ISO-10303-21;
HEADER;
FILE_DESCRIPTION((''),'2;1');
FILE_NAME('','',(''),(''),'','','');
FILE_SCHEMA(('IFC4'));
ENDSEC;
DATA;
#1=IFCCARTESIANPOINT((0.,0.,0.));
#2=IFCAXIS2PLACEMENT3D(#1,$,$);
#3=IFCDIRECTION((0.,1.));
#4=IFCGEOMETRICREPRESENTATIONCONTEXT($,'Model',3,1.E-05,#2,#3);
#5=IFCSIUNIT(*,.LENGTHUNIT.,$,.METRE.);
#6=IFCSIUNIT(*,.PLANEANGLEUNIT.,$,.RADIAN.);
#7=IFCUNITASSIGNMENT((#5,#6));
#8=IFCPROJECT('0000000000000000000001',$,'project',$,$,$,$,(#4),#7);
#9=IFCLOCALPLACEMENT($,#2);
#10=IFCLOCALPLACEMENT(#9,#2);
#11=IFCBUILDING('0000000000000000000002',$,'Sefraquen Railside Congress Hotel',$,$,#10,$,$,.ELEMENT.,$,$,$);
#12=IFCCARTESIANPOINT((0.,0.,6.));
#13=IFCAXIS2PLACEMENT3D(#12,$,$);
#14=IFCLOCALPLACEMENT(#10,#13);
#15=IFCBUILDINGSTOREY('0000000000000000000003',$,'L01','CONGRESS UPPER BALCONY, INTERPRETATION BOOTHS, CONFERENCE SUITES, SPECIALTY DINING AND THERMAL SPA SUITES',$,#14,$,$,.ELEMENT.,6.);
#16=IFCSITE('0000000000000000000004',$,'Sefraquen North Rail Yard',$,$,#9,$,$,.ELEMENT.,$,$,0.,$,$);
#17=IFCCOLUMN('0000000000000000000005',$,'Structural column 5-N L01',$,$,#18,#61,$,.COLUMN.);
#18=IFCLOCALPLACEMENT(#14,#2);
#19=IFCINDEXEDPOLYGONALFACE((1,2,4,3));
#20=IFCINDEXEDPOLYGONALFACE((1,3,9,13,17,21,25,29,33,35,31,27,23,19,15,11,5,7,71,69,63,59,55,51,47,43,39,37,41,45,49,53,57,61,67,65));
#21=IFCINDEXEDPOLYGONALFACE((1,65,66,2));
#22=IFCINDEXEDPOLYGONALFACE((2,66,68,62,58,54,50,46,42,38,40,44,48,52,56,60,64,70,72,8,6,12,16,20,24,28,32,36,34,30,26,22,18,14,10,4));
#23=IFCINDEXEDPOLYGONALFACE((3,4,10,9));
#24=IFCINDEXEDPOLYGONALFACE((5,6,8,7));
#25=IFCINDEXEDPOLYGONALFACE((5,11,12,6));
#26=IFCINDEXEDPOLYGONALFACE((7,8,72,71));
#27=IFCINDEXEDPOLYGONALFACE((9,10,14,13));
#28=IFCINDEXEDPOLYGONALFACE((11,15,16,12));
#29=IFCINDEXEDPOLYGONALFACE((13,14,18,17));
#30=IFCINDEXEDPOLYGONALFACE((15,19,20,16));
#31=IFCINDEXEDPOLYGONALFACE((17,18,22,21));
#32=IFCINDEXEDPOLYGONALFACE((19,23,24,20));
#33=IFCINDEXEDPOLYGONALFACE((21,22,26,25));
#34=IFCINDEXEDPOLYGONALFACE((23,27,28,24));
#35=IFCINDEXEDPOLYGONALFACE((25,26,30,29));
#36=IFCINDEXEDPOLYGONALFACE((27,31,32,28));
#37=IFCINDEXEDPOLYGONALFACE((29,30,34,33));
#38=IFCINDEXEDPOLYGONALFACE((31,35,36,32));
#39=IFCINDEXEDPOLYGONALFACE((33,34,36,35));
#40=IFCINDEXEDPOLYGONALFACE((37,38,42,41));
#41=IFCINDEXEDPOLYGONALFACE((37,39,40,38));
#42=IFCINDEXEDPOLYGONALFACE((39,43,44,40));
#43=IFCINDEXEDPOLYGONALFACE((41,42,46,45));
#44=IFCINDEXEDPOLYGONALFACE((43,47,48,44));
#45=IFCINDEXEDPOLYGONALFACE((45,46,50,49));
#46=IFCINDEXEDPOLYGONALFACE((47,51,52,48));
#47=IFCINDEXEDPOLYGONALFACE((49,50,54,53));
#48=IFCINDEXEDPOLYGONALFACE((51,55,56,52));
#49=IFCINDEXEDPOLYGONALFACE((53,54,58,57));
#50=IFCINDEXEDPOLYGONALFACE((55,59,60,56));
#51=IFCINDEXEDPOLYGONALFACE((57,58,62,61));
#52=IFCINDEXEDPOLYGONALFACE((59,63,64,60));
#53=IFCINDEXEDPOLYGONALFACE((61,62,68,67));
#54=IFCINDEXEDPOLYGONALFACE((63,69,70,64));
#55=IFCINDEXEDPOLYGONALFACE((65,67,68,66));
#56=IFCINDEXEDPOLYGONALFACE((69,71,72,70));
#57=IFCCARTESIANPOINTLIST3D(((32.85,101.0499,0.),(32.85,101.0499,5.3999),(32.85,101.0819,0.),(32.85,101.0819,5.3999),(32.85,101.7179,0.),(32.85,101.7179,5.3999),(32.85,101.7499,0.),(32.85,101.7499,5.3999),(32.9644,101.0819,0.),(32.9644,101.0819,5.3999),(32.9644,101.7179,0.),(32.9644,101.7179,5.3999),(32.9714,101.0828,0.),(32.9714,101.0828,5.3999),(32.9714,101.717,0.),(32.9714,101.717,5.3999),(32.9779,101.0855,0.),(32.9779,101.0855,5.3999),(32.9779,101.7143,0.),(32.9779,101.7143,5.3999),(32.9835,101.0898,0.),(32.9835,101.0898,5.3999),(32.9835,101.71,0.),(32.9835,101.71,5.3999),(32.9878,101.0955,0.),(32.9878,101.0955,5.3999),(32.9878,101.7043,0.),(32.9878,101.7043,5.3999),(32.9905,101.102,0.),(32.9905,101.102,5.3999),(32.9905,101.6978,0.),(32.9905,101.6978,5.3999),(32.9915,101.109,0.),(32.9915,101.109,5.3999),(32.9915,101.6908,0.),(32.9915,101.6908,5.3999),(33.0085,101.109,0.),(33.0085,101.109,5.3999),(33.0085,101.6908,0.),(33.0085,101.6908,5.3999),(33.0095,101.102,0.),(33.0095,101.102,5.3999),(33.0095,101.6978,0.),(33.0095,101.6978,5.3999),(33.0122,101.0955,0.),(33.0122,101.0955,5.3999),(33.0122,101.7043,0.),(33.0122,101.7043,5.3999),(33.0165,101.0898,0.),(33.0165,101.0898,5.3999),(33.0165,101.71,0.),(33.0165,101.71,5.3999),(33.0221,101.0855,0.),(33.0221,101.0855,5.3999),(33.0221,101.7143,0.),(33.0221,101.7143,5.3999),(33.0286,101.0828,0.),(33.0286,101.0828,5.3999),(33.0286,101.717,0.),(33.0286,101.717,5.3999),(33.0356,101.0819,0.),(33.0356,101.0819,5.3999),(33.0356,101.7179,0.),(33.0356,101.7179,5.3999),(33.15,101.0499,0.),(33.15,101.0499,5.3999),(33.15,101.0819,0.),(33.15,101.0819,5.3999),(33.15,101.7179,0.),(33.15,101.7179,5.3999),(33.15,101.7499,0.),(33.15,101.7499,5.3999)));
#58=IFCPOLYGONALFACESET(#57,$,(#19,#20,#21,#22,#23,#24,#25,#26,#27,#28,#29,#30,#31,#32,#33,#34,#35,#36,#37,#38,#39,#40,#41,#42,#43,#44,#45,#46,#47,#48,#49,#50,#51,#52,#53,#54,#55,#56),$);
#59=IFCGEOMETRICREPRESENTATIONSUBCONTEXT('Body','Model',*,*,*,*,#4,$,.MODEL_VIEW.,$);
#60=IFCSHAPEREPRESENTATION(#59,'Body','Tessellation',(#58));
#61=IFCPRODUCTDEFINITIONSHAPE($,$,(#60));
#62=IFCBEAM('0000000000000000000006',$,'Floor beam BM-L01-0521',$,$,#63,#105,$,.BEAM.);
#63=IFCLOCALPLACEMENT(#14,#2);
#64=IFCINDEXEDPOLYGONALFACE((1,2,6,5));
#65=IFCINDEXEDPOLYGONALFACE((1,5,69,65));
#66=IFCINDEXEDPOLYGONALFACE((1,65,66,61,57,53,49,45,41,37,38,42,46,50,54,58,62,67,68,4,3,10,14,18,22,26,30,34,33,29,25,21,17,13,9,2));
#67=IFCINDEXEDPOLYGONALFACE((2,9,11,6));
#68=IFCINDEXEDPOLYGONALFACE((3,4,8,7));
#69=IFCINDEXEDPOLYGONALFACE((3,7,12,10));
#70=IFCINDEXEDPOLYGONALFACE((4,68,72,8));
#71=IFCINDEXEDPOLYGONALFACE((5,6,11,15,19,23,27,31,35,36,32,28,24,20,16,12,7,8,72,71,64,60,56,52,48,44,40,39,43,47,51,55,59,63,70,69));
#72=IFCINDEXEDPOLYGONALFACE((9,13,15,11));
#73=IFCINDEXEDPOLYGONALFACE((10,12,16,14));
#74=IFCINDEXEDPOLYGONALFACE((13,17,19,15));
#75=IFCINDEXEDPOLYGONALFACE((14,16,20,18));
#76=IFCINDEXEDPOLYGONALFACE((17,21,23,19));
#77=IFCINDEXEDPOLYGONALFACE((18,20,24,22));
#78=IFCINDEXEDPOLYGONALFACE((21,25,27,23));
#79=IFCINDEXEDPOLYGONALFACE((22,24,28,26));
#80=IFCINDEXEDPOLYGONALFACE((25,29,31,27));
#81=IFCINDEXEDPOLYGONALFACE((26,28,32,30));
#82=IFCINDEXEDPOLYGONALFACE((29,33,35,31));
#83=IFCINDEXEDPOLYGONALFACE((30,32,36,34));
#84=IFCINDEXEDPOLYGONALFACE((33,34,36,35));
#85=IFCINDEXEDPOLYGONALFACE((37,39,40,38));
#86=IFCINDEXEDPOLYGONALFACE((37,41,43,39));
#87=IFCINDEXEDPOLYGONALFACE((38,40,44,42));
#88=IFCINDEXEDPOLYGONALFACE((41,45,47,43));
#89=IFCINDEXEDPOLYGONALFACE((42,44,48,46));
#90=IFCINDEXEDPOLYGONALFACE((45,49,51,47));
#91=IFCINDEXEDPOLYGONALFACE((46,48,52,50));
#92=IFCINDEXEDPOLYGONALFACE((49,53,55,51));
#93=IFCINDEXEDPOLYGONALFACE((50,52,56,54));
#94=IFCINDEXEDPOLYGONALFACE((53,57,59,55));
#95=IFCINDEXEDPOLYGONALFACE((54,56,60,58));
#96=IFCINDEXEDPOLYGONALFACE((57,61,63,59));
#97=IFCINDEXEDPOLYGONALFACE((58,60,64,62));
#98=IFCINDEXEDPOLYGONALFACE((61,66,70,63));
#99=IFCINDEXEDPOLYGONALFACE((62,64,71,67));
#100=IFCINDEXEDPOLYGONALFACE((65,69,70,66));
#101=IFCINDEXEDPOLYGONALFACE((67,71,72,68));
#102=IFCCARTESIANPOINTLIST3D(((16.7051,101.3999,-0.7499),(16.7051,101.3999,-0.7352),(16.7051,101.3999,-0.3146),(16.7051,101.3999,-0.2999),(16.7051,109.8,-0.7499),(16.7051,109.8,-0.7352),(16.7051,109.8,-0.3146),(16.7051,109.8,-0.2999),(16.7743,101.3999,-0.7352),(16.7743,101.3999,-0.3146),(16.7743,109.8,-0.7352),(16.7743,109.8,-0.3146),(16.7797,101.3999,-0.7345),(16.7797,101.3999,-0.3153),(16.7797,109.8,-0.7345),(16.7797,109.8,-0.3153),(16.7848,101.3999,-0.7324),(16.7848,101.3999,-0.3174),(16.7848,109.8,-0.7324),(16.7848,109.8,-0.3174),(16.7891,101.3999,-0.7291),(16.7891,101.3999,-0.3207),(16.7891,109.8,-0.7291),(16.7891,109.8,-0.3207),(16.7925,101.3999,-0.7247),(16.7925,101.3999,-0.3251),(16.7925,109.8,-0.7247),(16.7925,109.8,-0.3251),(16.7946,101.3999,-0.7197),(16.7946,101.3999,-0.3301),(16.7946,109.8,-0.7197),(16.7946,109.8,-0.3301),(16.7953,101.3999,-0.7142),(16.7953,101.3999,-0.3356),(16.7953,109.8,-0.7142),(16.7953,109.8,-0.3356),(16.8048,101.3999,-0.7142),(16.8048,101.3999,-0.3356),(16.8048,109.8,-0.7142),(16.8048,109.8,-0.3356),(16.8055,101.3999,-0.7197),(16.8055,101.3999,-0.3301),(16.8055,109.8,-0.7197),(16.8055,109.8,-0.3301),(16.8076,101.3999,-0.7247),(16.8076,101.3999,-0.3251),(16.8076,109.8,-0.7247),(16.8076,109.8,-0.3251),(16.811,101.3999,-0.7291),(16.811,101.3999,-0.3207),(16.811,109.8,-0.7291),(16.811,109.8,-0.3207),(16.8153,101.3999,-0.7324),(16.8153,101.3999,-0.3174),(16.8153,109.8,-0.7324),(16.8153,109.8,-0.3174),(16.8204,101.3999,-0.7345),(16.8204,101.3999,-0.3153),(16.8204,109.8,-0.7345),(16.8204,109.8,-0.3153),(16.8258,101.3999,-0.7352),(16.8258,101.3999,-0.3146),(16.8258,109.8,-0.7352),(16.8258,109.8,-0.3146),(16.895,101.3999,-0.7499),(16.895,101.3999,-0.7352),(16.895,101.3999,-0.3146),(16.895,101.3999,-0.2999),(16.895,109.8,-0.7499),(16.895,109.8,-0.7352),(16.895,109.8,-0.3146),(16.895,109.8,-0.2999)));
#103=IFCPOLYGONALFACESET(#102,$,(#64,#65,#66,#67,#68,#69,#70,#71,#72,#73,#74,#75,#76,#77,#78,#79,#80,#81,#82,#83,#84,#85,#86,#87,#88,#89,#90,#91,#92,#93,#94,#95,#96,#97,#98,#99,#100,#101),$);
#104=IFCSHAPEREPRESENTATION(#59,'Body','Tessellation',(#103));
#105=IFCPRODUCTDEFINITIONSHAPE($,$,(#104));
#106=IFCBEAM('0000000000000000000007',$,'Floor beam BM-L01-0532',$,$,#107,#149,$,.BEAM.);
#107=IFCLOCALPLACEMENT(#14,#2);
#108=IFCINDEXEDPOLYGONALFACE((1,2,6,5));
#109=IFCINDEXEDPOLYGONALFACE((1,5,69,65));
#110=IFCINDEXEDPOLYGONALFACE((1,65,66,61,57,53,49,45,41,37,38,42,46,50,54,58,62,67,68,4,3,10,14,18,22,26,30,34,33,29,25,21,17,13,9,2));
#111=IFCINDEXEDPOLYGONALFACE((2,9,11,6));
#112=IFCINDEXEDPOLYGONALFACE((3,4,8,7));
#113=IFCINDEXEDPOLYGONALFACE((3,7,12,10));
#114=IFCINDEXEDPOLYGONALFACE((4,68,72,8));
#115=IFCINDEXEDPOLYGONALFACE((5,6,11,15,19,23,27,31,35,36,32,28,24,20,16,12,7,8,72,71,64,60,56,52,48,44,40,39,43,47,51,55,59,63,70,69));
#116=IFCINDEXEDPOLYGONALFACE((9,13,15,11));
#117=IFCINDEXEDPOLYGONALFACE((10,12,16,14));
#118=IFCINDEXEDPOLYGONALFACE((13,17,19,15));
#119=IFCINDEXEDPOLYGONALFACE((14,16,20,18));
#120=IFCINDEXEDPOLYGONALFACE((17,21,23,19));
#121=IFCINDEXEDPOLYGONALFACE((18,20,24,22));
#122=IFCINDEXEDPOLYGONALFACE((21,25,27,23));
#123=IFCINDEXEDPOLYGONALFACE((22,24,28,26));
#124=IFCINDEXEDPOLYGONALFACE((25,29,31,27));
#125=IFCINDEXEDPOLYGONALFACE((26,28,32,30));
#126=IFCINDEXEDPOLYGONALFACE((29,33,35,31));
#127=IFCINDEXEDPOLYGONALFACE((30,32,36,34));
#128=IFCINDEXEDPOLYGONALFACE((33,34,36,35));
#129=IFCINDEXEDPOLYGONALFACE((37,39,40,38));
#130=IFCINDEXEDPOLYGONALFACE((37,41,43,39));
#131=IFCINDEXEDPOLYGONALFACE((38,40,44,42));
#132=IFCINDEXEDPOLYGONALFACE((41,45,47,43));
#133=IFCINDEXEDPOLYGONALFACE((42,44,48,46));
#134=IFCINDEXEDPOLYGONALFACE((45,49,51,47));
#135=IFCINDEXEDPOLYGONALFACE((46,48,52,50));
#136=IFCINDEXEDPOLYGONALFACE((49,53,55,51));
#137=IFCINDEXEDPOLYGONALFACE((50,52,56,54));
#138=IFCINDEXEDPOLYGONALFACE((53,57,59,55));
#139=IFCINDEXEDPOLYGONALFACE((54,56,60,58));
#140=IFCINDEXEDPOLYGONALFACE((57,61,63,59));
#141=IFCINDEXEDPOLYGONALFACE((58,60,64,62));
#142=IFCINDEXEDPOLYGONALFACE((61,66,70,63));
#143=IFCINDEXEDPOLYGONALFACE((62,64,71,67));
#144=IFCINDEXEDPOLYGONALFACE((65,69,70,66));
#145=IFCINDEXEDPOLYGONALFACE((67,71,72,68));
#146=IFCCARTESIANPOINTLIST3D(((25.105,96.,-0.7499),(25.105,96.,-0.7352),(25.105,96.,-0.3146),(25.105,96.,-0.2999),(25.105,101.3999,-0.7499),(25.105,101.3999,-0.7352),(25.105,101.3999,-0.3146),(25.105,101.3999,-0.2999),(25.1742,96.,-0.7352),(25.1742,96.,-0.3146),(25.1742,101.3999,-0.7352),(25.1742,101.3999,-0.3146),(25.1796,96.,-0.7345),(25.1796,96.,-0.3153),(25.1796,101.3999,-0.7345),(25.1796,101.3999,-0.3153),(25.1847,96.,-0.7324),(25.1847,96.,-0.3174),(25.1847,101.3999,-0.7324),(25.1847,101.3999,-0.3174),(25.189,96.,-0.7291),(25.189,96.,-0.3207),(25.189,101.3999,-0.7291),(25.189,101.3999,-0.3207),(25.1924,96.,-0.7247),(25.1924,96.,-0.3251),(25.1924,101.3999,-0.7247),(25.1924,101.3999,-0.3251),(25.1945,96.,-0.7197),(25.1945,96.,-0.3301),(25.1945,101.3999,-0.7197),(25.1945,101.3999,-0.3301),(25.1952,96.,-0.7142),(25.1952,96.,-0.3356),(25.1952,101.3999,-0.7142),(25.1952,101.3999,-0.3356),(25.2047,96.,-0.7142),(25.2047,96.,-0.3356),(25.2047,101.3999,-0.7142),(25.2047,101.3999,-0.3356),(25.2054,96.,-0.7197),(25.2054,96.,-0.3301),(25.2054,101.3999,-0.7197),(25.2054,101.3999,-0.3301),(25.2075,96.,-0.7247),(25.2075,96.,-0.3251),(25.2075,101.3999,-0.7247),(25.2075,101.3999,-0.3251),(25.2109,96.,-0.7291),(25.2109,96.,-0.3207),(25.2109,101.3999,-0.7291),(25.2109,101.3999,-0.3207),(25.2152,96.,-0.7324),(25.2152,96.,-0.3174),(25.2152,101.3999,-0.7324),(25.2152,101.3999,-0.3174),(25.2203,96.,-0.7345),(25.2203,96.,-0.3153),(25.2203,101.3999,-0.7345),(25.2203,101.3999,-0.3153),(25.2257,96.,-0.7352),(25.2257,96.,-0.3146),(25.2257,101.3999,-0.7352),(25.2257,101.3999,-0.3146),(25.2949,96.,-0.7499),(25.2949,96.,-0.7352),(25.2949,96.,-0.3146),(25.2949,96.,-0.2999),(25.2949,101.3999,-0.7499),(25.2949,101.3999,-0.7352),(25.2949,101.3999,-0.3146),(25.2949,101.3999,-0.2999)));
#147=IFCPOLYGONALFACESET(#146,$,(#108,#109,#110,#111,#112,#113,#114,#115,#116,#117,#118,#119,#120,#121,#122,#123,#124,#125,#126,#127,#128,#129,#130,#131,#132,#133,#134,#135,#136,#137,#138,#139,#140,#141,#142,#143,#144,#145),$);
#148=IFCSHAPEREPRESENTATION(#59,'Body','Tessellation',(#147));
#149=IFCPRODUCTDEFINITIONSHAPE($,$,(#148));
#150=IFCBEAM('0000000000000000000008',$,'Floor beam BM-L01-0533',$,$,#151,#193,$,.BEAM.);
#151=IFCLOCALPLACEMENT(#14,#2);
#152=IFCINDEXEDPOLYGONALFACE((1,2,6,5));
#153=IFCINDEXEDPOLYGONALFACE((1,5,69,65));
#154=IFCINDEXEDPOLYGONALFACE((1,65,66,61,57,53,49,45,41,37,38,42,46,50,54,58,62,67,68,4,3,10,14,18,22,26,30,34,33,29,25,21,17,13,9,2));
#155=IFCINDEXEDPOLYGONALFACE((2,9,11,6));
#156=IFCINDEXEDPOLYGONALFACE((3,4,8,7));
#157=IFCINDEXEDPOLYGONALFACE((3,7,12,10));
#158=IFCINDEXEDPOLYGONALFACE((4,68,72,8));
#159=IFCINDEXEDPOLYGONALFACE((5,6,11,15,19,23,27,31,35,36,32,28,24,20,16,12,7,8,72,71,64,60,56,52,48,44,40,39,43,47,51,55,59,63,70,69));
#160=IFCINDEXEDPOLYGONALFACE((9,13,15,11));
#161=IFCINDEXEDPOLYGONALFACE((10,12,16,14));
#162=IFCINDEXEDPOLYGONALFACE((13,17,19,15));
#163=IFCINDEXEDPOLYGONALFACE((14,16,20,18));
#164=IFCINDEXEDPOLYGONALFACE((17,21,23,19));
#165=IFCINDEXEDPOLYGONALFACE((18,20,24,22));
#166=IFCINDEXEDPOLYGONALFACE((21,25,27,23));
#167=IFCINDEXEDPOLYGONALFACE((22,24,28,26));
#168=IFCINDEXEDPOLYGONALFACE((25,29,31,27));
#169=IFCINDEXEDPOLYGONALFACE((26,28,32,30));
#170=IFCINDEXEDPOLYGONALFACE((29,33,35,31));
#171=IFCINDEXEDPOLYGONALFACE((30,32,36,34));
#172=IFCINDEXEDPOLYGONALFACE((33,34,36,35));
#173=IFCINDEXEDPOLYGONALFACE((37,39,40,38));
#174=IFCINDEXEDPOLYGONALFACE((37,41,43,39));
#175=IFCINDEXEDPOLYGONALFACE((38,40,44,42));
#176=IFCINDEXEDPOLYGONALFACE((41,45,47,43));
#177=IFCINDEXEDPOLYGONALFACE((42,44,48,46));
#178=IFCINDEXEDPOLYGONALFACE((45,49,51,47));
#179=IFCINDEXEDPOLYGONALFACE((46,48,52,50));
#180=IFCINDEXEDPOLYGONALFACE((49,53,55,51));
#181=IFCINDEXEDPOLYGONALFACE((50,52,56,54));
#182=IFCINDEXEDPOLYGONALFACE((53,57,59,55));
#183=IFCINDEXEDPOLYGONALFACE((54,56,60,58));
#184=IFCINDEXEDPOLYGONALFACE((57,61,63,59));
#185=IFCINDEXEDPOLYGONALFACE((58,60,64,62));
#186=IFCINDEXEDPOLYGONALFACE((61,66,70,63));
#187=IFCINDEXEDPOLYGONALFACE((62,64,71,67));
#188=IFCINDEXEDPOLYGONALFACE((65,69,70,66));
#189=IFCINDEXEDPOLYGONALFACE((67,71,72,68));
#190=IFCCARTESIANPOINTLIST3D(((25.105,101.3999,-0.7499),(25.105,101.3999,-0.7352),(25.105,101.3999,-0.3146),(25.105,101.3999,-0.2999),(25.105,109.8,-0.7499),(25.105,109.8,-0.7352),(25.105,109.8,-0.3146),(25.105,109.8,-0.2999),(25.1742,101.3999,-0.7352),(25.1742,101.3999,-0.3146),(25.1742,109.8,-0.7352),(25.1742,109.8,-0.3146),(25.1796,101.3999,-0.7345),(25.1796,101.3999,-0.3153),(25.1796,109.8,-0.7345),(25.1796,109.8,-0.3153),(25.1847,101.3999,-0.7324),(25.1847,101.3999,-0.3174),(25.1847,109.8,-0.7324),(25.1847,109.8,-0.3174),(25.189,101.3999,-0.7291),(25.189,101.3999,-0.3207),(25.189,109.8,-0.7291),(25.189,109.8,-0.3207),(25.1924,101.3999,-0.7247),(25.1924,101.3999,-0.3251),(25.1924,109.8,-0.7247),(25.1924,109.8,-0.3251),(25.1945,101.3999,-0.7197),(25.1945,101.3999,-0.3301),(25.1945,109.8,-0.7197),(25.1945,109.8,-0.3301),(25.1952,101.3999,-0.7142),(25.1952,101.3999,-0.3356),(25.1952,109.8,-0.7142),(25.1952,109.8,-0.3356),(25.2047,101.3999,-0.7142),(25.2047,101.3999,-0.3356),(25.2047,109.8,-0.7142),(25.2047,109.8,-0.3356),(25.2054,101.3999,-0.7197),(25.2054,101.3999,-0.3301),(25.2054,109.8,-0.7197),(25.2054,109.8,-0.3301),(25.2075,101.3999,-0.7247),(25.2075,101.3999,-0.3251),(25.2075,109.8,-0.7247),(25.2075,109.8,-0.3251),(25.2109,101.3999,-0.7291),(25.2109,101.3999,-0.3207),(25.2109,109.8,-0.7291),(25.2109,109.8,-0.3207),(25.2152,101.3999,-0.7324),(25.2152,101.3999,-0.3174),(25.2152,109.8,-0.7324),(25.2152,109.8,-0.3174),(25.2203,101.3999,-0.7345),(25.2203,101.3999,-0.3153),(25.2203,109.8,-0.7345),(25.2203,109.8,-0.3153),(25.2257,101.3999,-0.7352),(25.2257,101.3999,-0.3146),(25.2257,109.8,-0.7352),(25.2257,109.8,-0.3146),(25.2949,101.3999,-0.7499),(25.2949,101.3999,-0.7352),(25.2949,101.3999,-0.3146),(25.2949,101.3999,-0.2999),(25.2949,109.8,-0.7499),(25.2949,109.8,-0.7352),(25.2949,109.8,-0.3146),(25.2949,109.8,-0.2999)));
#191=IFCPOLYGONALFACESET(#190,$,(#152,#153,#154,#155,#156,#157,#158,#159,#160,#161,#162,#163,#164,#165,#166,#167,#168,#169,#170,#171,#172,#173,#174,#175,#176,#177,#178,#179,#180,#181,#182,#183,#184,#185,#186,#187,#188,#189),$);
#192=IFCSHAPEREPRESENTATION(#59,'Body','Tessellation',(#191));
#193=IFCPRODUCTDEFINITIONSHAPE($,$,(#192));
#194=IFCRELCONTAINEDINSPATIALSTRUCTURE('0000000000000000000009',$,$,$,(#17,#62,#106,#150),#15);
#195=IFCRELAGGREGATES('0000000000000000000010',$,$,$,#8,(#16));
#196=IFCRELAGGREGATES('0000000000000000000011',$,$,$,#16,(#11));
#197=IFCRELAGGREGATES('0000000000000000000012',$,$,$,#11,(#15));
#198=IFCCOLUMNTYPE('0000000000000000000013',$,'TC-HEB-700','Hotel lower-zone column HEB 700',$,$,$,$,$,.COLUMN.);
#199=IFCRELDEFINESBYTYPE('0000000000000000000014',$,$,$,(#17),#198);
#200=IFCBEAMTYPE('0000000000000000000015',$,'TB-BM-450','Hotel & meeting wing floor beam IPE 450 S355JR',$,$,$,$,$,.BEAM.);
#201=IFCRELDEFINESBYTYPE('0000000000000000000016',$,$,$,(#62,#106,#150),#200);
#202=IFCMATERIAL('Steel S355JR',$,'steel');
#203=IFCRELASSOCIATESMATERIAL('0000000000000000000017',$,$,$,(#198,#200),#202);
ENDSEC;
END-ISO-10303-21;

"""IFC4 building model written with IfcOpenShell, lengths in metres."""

from ifc_helpers import new_model, si_unit, direction, frame, origin, origin_2d, place, context, subcontext, project, spatial, i_section, extrude, material, material_profile, profile_set, type_object, element, save


model = new_model("IFC4")

# Units and contexts
model_context = context("Model", 3, precision=1e-05, world=origin(), true_north=direction((0.0, 1.0)))
body_context = subcontext(model_context, "Body", "Model", "MODEL_VIEW")
ifc_project = project(units=[si_unit("LENGTHUNIT", "METRE"), si_unit("PLANEANGLEUNIT", "RADIAN")], contexts=[model_context])

# Site, building, storey
site_placement = place(None, origin())
site = spatial("IfcSite", under=ifc_project, at=site_placement, Name="Sefraquen North Rail Yard", CompositionType="ELEMENT", RefElevation=0.0)
building_placement = place(site_placement, origin())
building = spatial("IfcBuilding", under=site, at=building_placement, Name="Sefraquen Railside Congress Hotel", CompositionType="ELEMENT")
storey_placement = place(building_placement, frame((0.0, 0.0, 6.0)))
storey = spatial("IfcBuildingStorey", under=building, at=storey_placement, Name="L01", Description="CONGRESS UPPER BALCONY, INTERPRETATION BOOTHS, CONFERENCE SUITES, SPECIALTY DINING AND THERMAL SPA SUITES", CompositionType="ELEMENT", Elevation=6.0)

# Column
ifc_material_1 = material(Name="Steel S355JR", Category="steel")
ifc_material_profile_1 = material_profile(ifc_material_1, i_section(OverallWidth=0.3, OverallDepth=0.7, WebThickness=0.0171, FlangeThickness=0.032, FilletRadius=0.0271, at=origin_2d()), Name="HEB 700")
ifc_profile_set_1 = profile_set([ifc_material_profile_1], Name="Steel S355JR")
column_type_1 = type_object("IfcColumnType", Name="TC-HEB-700", Description="Hotel lower-zone column HEB 700", PredefinedType="COLUMN", material=ifc_profile_set_1)
for number, where, z_axis, x_axis, name in (
    (1, (33.0, 101.3999, 0.0), (0.0, 0.0, 1.0), (1.0, 0.0, 0.0), "Structural column 5-N L01"),
):
    element("IfcColumn", number, at=place(storey_placement, frame(where, z_axis=z_axis, x_axis=x_axis)), inside=storey, type_object=column_type_1, Name=name, PredefinedType="COLUMN", context=body_context, shape_type="SweptSolid", body=[
        extrude(i_section(OverallWidth=0.3, OverallDepth=0.7, WebThickness=0.0171, FlangeThickness=0.032, FilletRadius=0.0271, at=origin_2d()), origin(), (0.0, 0.0, 1.0), 5.3999),
    ])

# Beams
ifc_material_profile_2 = material_profile(ifc_material_1, i_section(OverallWidth=0.1899, OverallDepth=0.45, WebThickness=0.0095, FlangeThickness=0.0146, FilletRadius=0.021, at=origin_2d()), Name="IPE 450")
ifc_profile_set_2 = profile_set([ifc_material_profile_2], Name="Steel S355JR")
beam_type_1 = type_object("IfcBeamType", Name="TB-BM-450", Description="Hotel & meeting wing floor beam IPE 450 S355JR", PredefinedType="BEAM", material=ifc_profile_set_2)
beam_1_placement = place(storey_placement, frame((16.8, 101.3999, -0.5249), z_axis=(0.0, 1.0, 0.0), x_axis=(-1.0, 0.0, 0.0)))
element("IfcBeam", 2, at=beam_1_placement, inside=storey, type_object=beam_type_1, Name="Floor beam BM-L01-0521", PredefinedType="BEAM", context=body_context, shape_type="SweptSolid", body=[
    extrude(i_section(OverallWidth=0.1899, OverallDepth=0.45, WebThickness=0.0095, FlangeThickness=0.0146, FilletRadius=0.021, at=origin_2d()), origin(), (0.0, 0.0, 1.0), 8.4001),
])
beam_2_placement = place(storey_placement, frame((25.2, 96.0, -0.5249), z_axis=(0.0, 1.0, 0.0), x_axis=(-1.0, 0.0, 0.0)))
element("IfcBeam", 3, at=beam_2_placement, inside=storey, type_object=beam_type_1, Name="Floor beam BM-L01-0532", PredefinedType="BEAM", context=body_context, shape_type="SweptSolid", body=[
    extrude(i_section(OverallWidth=0.1899, OverallDepth=0.45, WebThickness=0.0095, FlangeThickness=0.0146, FilletRadius=0.021, at=origin_2d()), origin(), (0.0, 0.0, 1.0), 5.3999),
])
beam_3_placement = place(storey_placement, frame((25.2, 101.3999, -0.5249), z_axis=(0.0, 1.0, 0.0), x_axis=(-1.0, 0.0, 0.0)))
element("IfcBeam", 4, at=beam_3_placement, inside=storey, type_object=beam_type_1, Name="Floor beam BM-L01-0533", PredefinedType="BEAM", context=body_context, shape_type="SweptSolid", body=[
    extrude(i_section(OverallWidth=0.1899, OverallDepth=0.45, WebThickness=0.0095, FlangeThickness=0.0146, FilletRadius=0.021, at=origin_2d()), origin(), (0.0, 0.0, 1.0), 8.4001),
])

save(model, "model.ifc")
